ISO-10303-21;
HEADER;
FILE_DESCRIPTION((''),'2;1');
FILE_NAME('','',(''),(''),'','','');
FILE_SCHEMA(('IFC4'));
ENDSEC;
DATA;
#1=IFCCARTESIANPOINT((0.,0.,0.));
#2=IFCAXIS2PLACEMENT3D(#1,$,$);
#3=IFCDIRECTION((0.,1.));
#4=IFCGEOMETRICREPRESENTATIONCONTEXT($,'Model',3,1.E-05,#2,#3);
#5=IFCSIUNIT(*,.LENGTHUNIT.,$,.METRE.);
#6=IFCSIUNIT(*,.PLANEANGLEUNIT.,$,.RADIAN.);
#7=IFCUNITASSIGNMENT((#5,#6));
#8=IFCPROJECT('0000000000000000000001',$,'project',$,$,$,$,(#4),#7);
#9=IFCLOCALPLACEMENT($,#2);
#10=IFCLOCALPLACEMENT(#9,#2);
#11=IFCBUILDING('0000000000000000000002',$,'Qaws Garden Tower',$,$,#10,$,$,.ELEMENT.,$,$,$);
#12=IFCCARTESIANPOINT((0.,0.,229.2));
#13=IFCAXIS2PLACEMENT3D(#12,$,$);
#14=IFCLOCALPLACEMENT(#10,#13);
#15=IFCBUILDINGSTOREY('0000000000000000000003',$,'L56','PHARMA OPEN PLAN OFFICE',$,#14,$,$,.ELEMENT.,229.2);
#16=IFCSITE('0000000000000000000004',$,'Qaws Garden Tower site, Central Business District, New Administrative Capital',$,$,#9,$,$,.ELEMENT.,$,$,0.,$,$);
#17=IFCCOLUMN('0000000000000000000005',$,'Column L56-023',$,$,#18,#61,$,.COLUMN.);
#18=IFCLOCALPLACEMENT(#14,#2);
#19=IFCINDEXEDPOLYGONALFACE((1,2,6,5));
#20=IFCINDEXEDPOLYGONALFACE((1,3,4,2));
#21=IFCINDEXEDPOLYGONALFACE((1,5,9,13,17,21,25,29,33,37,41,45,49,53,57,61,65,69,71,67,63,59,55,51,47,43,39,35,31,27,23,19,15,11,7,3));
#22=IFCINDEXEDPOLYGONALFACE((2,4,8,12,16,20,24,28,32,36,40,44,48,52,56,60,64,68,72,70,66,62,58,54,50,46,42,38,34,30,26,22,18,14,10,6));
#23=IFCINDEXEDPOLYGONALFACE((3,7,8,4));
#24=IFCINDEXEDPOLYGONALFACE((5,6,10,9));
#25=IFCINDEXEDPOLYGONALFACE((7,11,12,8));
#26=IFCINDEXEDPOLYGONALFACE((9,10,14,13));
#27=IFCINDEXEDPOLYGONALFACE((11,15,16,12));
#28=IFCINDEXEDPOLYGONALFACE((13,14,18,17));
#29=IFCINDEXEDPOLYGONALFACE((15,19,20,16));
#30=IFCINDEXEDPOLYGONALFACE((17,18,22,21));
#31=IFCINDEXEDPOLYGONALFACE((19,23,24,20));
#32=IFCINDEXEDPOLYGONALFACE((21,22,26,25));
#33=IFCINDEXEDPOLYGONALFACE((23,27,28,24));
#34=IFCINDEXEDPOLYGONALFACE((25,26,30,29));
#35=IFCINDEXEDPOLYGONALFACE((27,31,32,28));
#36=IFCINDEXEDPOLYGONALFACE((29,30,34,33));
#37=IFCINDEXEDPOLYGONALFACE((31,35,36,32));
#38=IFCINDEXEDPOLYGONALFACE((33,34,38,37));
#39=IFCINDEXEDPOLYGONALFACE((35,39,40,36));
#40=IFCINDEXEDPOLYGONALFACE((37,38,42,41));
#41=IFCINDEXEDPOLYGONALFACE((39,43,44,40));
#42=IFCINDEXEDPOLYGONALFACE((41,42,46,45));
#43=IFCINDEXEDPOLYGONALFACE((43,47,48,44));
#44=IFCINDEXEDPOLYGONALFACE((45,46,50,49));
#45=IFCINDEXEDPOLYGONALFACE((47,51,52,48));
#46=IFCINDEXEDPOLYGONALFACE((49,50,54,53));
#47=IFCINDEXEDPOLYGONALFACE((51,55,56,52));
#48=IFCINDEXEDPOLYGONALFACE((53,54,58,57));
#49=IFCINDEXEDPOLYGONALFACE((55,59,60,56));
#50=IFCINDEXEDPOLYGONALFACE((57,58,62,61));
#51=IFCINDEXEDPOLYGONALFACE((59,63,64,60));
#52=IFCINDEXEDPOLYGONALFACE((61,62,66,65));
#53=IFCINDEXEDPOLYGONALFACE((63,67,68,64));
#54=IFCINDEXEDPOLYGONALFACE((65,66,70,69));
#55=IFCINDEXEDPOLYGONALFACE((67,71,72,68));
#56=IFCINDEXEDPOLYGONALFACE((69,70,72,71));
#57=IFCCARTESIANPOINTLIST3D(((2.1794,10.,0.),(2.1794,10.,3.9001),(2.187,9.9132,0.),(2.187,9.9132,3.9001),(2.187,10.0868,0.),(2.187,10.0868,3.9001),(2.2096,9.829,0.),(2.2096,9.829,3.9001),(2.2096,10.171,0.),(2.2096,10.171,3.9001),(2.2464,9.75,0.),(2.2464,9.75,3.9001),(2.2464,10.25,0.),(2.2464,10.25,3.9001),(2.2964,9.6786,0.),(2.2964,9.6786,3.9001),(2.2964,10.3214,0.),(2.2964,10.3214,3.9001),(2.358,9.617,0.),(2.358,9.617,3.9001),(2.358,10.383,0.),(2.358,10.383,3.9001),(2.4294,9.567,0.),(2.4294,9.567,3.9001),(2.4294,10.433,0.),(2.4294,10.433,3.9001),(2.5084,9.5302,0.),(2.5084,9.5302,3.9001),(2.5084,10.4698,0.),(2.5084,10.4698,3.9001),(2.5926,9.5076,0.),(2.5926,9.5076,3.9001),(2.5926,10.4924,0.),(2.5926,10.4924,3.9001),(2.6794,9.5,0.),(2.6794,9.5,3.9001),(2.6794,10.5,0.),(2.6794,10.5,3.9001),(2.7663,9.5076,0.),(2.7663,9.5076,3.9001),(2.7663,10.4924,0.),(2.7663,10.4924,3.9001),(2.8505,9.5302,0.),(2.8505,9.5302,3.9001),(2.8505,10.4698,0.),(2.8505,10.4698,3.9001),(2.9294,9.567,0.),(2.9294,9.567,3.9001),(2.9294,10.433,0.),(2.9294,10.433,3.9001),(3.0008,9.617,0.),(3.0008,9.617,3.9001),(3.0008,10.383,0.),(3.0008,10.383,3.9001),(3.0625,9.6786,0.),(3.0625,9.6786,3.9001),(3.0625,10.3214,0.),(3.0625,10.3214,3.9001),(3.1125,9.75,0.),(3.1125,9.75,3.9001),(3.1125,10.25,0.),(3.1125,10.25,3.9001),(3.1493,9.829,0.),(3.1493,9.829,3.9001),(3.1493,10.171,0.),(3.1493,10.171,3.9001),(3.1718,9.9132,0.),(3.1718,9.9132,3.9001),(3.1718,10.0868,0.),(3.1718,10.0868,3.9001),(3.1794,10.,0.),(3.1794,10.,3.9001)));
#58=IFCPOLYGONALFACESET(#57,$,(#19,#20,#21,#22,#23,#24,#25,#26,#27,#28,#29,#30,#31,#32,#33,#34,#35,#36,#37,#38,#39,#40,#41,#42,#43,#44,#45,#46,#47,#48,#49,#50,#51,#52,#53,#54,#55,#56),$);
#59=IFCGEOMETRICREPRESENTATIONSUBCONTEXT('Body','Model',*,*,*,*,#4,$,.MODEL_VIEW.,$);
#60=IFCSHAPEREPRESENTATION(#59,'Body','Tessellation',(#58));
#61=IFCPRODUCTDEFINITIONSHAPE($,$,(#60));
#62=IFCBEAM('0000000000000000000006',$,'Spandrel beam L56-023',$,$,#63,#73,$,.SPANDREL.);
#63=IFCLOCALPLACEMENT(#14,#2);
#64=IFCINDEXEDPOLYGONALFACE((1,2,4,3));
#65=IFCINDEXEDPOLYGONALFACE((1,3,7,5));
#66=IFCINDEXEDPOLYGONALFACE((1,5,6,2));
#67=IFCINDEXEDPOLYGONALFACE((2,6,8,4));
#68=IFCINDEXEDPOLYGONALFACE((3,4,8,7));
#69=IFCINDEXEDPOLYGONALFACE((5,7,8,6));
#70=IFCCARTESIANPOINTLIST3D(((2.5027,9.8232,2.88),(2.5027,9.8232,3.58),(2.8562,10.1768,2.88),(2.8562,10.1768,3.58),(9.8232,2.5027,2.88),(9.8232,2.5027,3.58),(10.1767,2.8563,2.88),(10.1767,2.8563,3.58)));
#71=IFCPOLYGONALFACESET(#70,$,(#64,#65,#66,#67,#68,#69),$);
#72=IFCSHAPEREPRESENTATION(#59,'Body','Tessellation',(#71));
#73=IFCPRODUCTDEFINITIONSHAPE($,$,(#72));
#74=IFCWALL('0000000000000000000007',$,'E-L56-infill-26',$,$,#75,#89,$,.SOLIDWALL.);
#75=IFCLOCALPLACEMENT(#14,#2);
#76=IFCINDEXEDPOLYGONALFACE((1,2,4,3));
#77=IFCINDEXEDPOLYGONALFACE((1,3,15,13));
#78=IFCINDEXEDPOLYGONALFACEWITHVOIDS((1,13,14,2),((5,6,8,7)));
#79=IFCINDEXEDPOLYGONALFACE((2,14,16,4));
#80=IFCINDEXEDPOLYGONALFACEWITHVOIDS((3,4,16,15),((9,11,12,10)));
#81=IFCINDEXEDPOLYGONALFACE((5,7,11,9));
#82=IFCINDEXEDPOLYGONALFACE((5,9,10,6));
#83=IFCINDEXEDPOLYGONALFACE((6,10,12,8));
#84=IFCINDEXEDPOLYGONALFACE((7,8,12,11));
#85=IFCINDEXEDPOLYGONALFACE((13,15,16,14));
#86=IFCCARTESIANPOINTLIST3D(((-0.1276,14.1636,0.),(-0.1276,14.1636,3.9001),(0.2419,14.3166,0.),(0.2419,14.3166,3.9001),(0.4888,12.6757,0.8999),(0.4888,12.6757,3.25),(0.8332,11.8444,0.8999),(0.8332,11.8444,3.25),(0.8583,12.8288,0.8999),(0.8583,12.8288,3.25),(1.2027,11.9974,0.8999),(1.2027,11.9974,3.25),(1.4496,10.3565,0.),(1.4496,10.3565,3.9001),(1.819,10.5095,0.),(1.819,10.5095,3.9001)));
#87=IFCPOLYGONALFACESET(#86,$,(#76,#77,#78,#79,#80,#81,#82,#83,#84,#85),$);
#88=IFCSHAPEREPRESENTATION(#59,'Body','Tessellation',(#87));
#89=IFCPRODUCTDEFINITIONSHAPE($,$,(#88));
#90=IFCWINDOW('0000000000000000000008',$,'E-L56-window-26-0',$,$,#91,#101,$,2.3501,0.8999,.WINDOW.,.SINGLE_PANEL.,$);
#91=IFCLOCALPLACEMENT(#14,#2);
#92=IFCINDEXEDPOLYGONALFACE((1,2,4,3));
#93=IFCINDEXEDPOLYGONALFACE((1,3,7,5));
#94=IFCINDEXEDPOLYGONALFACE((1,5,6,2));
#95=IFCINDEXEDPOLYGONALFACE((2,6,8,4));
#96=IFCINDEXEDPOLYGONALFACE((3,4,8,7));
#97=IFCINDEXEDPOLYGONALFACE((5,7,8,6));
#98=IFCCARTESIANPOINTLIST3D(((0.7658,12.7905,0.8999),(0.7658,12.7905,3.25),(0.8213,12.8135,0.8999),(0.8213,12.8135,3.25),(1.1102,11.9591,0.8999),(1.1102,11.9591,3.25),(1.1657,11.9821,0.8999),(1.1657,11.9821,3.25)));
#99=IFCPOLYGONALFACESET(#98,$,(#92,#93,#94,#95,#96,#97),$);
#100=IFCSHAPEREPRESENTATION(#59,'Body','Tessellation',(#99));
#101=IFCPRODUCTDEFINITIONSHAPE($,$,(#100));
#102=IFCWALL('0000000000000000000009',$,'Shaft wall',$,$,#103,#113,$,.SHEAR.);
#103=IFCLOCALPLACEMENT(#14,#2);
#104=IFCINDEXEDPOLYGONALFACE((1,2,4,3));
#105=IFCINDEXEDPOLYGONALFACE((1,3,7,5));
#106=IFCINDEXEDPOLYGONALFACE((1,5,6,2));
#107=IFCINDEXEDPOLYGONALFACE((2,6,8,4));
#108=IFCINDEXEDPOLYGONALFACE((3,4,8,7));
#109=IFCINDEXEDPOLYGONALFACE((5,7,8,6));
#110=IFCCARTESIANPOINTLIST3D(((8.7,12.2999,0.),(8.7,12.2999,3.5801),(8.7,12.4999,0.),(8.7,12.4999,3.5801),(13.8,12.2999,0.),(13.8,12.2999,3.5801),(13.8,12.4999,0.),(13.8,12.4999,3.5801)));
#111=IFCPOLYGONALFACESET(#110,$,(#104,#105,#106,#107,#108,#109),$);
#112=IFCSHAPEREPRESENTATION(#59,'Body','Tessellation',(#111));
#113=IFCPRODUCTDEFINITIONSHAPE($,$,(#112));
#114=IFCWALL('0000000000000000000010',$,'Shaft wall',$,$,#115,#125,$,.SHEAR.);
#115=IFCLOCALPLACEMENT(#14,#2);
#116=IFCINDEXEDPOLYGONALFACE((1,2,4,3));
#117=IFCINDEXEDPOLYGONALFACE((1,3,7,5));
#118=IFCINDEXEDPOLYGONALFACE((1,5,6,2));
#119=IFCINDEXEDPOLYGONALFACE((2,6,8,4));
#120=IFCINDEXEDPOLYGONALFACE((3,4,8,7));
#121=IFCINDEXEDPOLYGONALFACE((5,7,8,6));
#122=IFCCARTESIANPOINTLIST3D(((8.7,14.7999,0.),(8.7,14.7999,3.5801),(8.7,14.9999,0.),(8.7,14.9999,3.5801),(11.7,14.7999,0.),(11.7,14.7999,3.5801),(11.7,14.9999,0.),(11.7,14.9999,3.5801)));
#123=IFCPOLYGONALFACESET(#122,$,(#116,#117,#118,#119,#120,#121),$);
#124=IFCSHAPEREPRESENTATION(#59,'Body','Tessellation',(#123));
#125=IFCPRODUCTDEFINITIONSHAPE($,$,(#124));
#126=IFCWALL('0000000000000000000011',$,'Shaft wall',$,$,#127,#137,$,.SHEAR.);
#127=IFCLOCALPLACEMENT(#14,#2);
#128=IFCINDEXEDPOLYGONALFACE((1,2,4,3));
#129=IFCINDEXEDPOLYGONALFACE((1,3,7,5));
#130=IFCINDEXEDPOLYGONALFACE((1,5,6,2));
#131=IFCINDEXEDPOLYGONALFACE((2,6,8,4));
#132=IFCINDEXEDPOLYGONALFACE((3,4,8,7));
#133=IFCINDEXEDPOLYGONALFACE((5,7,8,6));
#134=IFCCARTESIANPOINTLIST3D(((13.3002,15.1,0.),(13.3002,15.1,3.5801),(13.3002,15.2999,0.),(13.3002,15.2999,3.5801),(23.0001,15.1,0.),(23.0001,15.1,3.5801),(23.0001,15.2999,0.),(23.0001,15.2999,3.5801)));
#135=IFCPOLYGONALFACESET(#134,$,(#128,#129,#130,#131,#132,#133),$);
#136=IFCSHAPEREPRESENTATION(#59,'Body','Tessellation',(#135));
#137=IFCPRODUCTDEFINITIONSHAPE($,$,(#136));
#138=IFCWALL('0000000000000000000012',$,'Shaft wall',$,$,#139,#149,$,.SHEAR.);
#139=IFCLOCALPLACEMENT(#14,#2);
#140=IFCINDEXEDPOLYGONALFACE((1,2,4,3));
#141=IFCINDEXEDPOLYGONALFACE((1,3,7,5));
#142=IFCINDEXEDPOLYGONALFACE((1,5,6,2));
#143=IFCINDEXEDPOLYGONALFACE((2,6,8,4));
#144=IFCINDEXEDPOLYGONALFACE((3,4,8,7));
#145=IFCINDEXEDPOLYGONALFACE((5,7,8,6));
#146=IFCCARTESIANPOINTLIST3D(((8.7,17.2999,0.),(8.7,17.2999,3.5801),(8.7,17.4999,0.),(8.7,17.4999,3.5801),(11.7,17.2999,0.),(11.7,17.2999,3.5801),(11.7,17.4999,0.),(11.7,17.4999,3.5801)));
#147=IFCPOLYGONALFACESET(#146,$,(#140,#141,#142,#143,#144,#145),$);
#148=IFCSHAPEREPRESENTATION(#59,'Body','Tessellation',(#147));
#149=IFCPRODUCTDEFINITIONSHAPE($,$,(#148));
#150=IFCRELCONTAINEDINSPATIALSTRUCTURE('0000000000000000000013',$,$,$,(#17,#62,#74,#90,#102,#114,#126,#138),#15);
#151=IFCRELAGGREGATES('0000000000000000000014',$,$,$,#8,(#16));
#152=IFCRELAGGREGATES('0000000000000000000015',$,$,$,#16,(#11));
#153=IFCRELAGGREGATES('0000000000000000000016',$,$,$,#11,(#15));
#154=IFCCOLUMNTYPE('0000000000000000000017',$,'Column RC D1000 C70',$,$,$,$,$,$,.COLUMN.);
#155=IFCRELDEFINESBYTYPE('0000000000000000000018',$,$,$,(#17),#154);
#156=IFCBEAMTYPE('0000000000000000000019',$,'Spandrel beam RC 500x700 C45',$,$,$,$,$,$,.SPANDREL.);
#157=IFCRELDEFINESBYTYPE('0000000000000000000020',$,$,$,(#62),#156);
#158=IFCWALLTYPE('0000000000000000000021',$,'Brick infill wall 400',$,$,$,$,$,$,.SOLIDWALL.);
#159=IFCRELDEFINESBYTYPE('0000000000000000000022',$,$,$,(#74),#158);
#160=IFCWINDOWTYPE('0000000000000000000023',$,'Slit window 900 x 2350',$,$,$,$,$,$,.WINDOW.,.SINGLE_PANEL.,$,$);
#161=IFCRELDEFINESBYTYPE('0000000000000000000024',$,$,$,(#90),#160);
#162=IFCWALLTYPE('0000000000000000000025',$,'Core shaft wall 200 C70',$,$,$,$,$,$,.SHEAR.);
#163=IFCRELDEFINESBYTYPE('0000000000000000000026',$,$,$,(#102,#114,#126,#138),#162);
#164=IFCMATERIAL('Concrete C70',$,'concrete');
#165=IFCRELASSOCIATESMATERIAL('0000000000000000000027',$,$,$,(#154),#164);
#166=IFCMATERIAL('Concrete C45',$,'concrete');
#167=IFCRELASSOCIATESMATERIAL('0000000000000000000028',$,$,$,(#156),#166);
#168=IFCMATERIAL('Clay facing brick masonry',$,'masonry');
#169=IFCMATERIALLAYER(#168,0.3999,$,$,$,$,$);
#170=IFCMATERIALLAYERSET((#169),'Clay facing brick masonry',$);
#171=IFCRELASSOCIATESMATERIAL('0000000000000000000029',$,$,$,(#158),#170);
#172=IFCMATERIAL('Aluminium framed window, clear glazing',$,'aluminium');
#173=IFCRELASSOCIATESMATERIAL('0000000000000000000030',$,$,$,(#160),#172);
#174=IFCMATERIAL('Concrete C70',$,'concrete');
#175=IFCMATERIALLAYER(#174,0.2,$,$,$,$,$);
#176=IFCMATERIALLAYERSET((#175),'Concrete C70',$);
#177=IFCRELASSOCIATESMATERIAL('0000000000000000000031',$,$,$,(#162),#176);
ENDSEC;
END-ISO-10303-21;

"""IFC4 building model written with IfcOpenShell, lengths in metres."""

from ifc_helpers import new_model, si_unit, direction, frame, frame_2d, origin, origin_2d, place, context, subcontext, project, spatial, rectangle, circle, extrude, material, layer, layer_set, material_profile, profile_set, type_object, element, fill, save


model = new_model("IFC4")

# Units and contexts
model_context = context("Model", 3, precision=1e-05, world=origin(), true_north=direction((0.0, 1.0)))
body_context = subcontext(model_context, "Body", "Model", "MODEL_VIEW")
ifc_project = project(units=[si_unit("LENGTHUNIT", "METRE"), si_unit("PLANEANGLEUNIT", "RADIAN")], contexts=[model_context])

# Site, building, storey
site_placement = place(None, origin())
site = spatial("IfcSite", under=ifc_project, at=site_placement, Name="Qaws Garden Tower site, Central Business District, New Administrative Capital", CompositionType="ELEMENT", RefElevation=0.0)
building_placement = place(site_placement, origin())
building = spatial("IfcBuilding", under=site, at=building_placement, Name="Qaws Garden Tower", CompositionType="ELEMENT")
storey_placement = place(building_placement, frame((0.0, 0.0, 229.2)))
storey = spatial("IfcBuildingStorey", under=building, at=storey_placement, Name="L56", Description="PHARMA OPEN PLAN OFFICE", CompositionType="ELEMENT", Elevation=229.2)

# Column
ifc_material_1 = material(Name="Concrete C70", Category="concrete")
ifc_material_profile_1 = material_profile(ifc_material_1, circle(Radius=0.5, at=origin_2d()), Name="RC D1000")
ifc_profile_set_1 = profile_set([ifc_material_profile_1], Name="Concrete C70")
column_type = type_object("IfcColumnType", Name="Column RC D1000 C70", PredefinedType="COLUMN", material=ifc_profile_set_1)
column_placement = place(storey_placement, frame((2.6794, 10.0, 0.0), z_axis=(0.0, 0.0, 1.0), x_axis=(1.0, 0.0, 0.0)))
element("IfcColumn", 1, at=column_placement, inside=storey, type_object=column_type, Name="Column L56-023", PredefinedType="COLUMN", context=body_context, shape_type="SweptSolid", body=[
    extrude(circle(Radius=0.5, at=origin_2d()), origin(), (0.0, 0.0, 1.0), 3.9001),
])

# Beam
ifc_material_2 = material(Name="Concrete C45", Category="concrete")
ifc_material_profile_2 = material_profile(ifc_material_2, rectangle(XDim=0.5, YDim=0.7, at=origin_2d()), Name="RC 500x700")
ifc_profile_set_2 = profile_set([ifc_material_profile_2], Name="Concrete C45")
beam_type = type_object("IfcBeamType", Name="Spandrel beam RC 500x700 C45", PredefinedType="SPANDREL", material=ifc_profile_set_2)
beam_placement = place(storey_placement, frame((2.6794, 10.0, 3.23), z_axis=(0.707107, -0.707107, 0.0), x_axis=(0.707107, 0.707107, 0.0)))
element("IfcBeam", 2, at=beam_placement, inside=storey, type_object=beam_type, Name="Spandrel beam L56-023", PredefinedType="SPANDREL", context=body_context, shape_type="SweptSolid", body=[
    extrude(rectangle(XDim=0.5, YDim=0.7, at=origin_2d()), origin(), (0.0, 0.0, 1.0), 10.3528),
])

# Wall, opening, window
ifc_material_3 = material(Name="Clay facing brick masonry", Category="masonry")
ifc_layer_1 = layer(ifc_material_3, 0.3999)
ifc_layer_set_1 = layer_set([ifc_layer_1], Name="Clay facing brick masonry")
wall_type_1 = type_object("IfcWallType", Name="Brick infill wall 400", PredefinedType="SOLIDWALL", material=ifc_layer_set_1)
wall_1_placement = place(storey_placement, frame((0.0571, 14.2402, 0.0), z_axis=(0.0, 0.0, 1.0), x_axis=(0.382722, -0.923864, 0.0)))
wall_1 = element("IfcWall", 3, at=wall_1_placement, inside=storey, type_object=wall_type_1, Name="E-L56-infill-26", PredefinedType="SOLIDWALL", context=body_context, shape_type="SweptSolid", body=[
    extrude(rectangle(XDim=4.1208, YDim=0.3999, at=frame_2d((2.0605, 0.0))), origin(), (0.0, 0.0, 1.0), 3.9001),
])
opening_1_placement = place(wall_1_placement, frame((1.6106, 0.0, 0.8999)))
opening_1 = element("IfcOpeningElement", 4, at=opening_1_placement, cuts=wall_1, PredefinedType="OPENING", context=body_context, shape_type="SweptSolid", body=[
    extrude(rectangle(XDim=0.8999, YDim=2.3501, at=frame_2d((0.45, 1.175))), frame((0.0, 0.21, 0.0), z_axis=(0.0, -1.0, 0.0), x_axis=(1.0, 0.0, 0.0)), (0.0, 0.0, 1.0), 0.4199),
])
ifc_material_4 = material(Name="Aluminium framed window, clear glazing", Category="aluminium")
window_type = type_object("IfcWindowType", Name="Slit window 900 x 2350", PartitioningType="SINGLE_PANEL", PredefinedType="WINDOW", material=ifc_material_4)
window_placement = place(opening_1_placement, origin())
window = element("IfcWindow", 5, at=window_placement, inside=storey, type_object=window_type, Name="E-L56-window-26-0", OverallHeight=2.3501, OverallWidth=0.8999, PartitioningType="SINGLE_PANEL", PredefinedType="WINDOW", context=body_context, shape_type="SweptSolid", body=[
    extrude(rectangle(XDim=0.8999, YDim=2.3501, at=frame_2d((0.45, 1.175))), frame((0.0, 0.1599, 0.0), z_axis=(0.0, -1.0, 0.0), x_axis=(1.0, 0.0, 0.0)), (0.0, 0.0, 1.0), 0.0601),
])
fill(opening_1, window)

# Walls
ifc_material_5 = material(Name="Concrete C70", Category="concrete")
ifc_layer_2 = layer(ifc_material_5, 0.2)
ifc_layer_set_2 = layer_set([ifc_layer_2], Name="Concrete C70")
wall_type_2 = type_object("IfcWallType", Name="Core shaft wall 200 C70", PredefinedType="SHEAR", material=ifc_layer_set_2)
wall_2_placement = place(storey_placement, frame((8.7, 12.3999, 0.0), z_axis=(0.0, 0.0, 1.0), x_axis=(1.0, 0.0, 0.0)))
element("IfcWall", 6, at=wall_2_placement, inside=storey, type_object=wall_type_2, Name="Shaft wall", PredefinedType="SHEAR", context=body_context, shape_type="SweptSolid", body=[
    extrude(rectangle(XDim=5.1001, YDim=0.2, at=frame_2d((2.55, 0.0))), origin(), (0.0, 0.0, 1.0), 3.5801),
])
wall_3_placement = place(storey_placement, frame((8.7, 14.8999, 0.0), z_axis=(0.0, 0.0, 1.0), x_axis=(1.0, 0.0, 0.0)))
element("IfcWall", 7, at=wall_3_placement, inside=storey, type_object=wall_type_2, Name="Shaft wall", PredefinedType="SHEAR", context=body_context, shape_type="SweptSolid", body=[
    extrude(rectangle(XDim=3.0, YDim=0.2, at=frame_2d((1.5, 0.0))), origin(), (0.0, 0.0, 1.0), 3.5801),
])
wall_4_placement = place(storey_placement, frame((13.3, 15.2, 0.0), z_axis=(0.0, 0.0, 1.0), x_axis=(1.0, 0.0, 0.0)))
element("IfcWall", 8, at=wall_4_placement, inside=storey, type_object=wall_type_2, Name="Shaft wall", PredefinedType="SHEAR", context=body_context, shape_type="SweptSolid", body=[
    extrude(rectangle(XDim=9.7, YDim=0.2, at=frame_2d((4.8501, 0.0))), origin(), (0.0, 0.0, 1.0), 3.5801),
])
wall_5_placement = place(storey_placement, frame((8.7, 17.3999, 0.0), z_axis=(0.0, 0.0, 1.0), x_axis=(1.0, 0.0, 0.0)))
element("IfcWall", 9, at=wall_5_placement, inside=storey, type_object=wall_type_2, Name="Shaft wall", PredefinedType="SHEAR", context=body_context, shape_type="SweptSolid", body=[
    extrude(rectangle(XDim=3.0, YDim=0.2, at=frame_2d((1.5, 0.0))), origin(), (0.0, 0.0, 1.0), 3.5801),
])

save(model, "model.ifc")
